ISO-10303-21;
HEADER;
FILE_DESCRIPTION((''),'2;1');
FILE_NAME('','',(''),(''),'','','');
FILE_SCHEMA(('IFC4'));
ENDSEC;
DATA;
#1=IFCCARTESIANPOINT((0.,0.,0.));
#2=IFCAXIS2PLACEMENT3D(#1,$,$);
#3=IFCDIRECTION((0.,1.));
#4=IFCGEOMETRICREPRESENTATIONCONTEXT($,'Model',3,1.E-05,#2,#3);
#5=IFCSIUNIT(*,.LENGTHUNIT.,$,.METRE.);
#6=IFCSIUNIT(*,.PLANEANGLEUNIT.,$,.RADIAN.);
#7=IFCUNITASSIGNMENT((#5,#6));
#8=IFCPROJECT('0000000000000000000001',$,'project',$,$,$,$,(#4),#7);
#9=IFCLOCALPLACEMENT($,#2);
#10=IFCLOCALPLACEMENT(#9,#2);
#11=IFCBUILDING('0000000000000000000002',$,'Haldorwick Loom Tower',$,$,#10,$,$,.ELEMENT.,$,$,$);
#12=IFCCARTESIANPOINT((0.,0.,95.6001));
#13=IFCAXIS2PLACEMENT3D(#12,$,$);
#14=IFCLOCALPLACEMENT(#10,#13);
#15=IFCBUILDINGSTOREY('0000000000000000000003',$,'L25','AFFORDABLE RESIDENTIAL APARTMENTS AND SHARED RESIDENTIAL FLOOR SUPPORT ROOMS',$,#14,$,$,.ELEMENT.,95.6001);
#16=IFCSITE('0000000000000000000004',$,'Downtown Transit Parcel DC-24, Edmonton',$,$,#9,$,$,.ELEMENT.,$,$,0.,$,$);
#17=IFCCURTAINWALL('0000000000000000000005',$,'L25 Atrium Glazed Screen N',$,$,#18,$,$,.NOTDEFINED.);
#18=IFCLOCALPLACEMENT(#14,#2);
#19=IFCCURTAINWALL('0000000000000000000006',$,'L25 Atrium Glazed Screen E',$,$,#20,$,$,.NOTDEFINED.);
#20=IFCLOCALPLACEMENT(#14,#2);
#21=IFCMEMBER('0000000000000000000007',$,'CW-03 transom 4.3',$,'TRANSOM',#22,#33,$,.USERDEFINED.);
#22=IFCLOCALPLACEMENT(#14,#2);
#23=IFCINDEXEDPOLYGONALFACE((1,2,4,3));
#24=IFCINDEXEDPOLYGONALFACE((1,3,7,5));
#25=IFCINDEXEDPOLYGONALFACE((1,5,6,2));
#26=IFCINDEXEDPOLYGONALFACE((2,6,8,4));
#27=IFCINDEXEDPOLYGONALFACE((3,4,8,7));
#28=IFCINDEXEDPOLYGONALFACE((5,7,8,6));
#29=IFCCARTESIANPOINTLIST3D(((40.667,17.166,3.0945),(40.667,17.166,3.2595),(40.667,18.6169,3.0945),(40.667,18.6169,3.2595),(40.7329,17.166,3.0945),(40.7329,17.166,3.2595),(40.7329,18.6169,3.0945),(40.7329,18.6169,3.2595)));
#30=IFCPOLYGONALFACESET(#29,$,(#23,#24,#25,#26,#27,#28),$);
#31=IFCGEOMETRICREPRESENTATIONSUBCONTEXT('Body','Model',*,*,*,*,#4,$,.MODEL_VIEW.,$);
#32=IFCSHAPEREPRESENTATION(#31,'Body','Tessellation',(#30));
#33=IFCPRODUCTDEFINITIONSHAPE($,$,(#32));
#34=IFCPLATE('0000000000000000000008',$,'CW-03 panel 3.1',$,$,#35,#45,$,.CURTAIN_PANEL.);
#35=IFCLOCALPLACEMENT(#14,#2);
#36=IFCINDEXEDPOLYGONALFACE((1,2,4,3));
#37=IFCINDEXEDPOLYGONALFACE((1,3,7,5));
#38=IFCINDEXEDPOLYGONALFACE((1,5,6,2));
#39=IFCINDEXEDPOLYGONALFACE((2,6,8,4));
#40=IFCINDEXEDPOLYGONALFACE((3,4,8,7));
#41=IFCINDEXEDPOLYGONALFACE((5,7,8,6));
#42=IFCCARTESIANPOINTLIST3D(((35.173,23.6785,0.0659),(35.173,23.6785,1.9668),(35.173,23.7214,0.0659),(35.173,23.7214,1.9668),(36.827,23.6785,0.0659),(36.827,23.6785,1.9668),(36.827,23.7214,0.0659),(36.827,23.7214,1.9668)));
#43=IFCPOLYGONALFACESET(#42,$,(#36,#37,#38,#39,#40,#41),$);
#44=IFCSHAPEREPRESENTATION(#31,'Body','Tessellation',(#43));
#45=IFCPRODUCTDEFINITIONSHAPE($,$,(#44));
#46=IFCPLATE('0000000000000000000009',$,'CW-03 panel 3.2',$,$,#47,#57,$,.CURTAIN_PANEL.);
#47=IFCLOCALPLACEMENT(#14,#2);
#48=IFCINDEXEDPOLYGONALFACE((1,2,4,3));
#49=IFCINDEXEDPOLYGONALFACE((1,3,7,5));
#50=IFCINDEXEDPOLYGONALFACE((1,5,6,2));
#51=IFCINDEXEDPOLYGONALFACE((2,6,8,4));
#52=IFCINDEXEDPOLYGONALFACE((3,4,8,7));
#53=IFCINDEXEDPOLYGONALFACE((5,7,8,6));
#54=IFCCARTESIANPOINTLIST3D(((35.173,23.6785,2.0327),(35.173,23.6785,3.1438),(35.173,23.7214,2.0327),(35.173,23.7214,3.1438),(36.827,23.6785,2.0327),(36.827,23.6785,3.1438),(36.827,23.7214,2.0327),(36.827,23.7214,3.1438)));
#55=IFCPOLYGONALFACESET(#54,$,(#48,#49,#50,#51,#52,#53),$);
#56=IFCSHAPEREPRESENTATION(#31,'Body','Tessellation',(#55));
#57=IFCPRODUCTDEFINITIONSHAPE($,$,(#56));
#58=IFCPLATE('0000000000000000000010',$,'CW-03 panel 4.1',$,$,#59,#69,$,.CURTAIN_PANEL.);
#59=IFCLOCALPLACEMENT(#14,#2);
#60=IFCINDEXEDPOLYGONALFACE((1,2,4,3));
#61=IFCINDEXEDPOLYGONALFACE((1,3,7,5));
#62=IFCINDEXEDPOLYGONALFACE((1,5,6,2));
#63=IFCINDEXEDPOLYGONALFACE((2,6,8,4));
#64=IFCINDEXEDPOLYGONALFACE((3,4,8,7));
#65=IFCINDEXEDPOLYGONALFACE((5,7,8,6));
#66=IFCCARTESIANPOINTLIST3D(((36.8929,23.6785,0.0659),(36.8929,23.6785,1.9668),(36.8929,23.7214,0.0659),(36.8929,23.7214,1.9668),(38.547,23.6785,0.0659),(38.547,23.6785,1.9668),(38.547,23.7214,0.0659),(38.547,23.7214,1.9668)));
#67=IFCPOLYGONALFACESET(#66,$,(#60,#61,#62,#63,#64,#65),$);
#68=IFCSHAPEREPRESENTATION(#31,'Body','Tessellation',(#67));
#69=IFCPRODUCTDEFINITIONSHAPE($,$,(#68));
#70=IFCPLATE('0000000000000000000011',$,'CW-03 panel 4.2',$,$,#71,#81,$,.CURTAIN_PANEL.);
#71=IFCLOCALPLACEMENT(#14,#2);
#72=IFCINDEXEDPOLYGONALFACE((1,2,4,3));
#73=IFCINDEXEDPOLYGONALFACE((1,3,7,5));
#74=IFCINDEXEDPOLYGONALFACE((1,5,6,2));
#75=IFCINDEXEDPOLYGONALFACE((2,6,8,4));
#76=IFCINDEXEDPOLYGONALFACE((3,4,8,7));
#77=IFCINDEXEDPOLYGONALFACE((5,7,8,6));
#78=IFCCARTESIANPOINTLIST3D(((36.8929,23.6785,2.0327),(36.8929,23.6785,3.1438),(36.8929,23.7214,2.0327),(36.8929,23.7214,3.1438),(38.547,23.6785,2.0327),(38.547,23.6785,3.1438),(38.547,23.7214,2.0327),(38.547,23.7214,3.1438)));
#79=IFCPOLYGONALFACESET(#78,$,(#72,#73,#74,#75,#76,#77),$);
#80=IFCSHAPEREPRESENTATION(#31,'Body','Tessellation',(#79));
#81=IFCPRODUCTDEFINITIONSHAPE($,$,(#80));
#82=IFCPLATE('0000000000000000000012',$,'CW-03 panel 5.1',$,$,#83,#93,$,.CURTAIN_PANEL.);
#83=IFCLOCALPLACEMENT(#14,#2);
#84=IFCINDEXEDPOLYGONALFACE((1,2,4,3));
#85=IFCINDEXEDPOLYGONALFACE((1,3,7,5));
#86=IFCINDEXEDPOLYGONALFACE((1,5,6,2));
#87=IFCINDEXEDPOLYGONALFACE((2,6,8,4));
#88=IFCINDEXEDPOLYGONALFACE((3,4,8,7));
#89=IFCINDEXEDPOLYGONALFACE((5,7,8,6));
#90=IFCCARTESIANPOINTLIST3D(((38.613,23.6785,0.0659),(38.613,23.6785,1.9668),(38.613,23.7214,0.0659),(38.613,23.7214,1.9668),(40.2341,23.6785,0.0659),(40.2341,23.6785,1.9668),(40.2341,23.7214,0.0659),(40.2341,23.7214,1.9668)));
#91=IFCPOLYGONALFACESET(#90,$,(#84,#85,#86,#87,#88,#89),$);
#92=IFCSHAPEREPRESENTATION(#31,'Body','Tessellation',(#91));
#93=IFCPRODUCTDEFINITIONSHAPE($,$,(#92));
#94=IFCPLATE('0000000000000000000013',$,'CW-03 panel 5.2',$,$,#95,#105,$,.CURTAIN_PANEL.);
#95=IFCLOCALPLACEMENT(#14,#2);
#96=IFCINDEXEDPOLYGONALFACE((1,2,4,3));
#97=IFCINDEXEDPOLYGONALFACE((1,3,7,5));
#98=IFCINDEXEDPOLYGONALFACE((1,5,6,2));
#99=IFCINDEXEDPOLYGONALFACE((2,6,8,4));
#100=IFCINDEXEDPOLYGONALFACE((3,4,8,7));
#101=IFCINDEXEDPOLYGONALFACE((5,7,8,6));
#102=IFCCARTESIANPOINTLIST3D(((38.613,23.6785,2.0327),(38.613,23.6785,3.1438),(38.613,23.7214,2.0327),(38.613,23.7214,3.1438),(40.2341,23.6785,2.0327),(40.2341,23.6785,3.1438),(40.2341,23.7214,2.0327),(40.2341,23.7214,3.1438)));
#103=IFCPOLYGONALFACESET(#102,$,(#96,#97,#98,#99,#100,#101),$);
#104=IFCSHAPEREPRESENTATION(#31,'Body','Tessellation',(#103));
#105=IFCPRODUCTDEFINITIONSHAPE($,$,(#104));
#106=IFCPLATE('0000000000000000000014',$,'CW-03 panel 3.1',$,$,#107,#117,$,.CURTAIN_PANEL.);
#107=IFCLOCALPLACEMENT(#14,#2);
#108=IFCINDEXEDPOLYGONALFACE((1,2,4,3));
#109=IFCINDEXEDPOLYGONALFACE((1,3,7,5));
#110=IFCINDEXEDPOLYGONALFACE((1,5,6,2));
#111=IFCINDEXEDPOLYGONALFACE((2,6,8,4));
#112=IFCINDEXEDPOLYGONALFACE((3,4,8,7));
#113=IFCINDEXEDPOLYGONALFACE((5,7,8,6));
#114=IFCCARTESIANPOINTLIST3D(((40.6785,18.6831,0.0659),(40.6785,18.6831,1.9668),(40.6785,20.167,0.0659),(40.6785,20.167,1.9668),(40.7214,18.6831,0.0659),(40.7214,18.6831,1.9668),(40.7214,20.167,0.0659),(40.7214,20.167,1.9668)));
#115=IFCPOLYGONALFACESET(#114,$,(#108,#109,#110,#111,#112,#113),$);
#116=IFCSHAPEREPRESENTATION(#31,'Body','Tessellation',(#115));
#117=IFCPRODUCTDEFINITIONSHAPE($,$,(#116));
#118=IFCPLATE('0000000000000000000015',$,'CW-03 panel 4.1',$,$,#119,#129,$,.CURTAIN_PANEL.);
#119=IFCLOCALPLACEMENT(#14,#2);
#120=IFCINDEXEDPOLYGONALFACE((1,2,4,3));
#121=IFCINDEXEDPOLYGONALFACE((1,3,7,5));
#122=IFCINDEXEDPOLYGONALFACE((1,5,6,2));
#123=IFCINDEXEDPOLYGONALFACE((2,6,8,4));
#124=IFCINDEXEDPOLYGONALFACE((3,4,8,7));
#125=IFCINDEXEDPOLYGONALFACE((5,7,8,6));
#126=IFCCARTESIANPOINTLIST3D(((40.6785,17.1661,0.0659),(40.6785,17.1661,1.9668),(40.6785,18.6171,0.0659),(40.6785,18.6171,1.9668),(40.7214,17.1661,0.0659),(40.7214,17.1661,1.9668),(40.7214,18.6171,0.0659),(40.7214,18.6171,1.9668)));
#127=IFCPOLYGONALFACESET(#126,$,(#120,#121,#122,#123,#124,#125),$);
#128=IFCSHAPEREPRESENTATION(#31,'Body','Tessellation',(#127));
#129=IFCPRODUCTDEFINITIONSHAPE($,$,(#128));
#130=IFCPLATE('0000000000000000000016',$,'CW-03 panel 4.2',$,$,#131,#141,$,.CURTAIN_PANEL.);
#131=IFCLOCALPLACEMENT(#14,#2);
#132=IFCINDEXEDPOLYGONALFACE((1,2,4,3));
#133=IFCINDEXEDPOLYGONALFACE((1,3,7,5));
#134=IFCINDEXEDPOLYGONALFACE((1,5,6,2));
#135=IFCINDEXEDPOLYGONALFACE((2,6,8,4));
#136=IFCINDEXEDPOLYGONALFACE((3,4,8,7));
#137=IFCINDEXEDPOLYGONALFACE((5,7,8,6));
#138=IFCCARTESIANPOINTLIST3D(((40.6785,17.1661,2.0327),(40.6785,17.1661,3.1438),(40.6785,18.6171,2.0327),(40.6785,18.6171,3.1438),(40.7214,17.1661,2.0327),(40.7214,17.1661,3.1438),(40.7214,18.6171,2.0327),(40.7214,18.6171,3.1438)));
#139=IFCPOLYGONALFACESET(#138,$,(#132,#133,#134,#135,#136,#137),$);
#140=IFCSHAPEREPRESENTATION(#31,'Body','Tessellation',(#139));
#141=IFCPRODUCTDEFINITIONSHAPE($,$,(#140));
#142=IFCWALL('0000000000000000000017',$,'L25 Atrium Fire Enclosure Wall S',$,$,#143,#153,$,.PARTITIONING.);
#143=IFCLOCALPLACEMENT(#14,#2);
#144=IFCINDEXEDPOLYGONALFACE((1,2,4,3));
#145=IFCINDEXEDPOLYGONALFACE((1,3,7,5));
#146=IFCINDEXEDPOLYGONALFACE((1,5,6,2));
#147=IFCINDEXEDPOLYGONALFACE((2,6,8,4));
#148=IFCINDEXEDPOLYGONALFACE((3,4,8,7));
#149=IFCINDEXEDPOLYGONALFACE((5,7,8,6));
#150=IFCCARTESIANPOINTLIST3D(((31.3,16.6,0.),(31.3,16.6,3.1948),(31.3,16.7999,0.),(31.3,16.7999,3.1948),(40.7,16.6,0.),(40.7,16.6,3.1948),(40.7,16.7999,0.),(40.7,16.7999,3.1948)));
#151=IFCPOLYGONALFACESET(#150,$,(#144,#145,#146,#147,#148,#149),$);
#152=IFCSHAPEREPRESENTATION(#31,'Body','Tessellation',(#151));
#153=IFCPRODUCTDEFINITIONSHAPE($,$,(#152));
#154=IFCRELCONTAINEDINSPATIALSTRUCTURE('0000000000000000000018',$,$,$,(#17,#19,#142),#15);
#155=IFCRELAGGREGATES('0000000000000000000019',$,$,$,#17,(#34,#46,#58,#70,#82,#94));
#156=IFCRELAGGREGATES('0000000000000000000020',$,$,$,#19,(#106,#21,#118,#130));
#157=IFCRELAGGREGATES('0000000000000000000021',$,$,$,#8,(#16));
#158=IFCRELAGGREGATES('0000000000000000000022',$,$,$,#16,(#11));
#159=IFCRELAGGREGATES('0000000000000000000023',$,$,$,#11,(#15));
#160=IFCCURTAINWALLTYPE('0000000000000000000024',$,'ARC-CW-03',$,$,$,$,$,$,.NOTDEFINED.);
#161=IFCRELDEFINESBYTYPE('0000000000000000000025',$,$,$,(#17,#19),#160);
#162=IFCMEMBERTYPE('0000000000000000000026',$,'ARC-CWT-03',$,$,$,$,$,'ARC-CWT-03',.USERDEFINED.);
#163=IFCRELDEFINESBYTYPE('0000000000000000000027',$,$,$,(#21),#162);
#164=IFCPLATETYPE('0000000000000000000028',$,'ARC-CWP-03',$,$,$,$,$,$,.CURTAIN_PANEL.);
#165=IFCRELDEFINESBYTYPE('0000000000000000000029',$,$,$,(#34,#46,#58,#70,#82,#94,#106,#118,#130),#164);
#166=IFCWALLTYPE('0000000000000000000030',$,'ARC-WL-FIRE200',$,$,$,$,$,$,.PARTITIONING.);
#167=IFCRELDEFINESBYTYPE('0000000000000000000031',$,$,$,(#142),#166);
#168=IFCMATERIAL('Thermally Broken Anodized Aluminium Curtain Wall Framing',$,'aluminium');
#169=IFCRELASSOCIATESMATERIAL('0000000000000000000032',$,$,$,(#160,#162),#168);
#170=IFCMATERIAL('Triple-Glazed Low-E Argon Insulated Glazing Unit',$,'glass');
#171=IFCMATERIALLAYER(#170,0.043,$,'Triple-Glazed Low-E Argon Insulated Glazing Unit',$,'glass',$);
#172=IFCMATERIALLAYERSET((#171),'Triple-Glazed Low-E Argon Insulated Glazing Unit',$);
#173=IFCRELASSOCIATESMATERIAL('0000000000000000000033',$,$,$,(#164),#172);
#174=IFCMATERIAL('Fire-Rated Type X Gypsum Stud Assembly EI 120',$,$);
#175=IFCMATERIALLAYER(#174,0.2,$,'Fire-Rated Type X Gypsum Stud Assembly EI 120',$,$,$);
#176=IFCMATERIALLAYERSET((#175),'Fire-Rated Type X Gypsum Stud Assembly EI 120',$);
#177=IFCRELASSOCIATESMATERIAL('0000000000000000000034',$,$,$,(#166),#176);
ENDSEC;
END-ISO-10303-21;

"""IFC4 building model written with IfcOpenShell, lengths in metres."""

from ifc_helpers import new_model, si_unit, direction, frame, frame_2d, origin, origin_2d, place, context, subcontext, project, spatial, rectangle, extrude, material, layer, layer_set, material_profile, profile_set, type_object, element, aggregate, save


model = new_model("IFC4")

# Units and contexts
model_context = context("Model", 3, precision=1e-05, world=origin(), true_north=direction((0.0, 1.0)))
body_context = subcontext(model_context, "Body", "Model", "MODEL_VIEW")
ifc_project = project(units=[si_unit("LENGTHUNIT", "METRE"), si_unit("PLANEANGLEUNIT", "RADIAN")], contexts=[model_context])

# Site, building, storey
site_placement = place(None, origin())
site = spatial("IfcSite", under=ifc_project, at=site_placement, Name="Downtown Transit Parcel DC-24, Edmonton", CompositionType="ELEMENT", RefElevation=0.0)
building_placement = place(site_placement, origin())
building = spatial("IfcBuilding", under=site, at=building_placement, Name="Haldorwick Loom Tower", CompositionType="ELEMENT")
storey_placement = place(building_placement, frame((0.0, 0.0, 95.6001)))
storey = spatial("IfcBuildingStorey", under=building, at=storey_placement, Name="L25", Description="AFFORDABLE RESIDENTIAL APARTMENTS AND SHARED RESIDENTIAL FLOOR SUPPORT ROOMS", CompositionType="ELEMENT", Elevation=95.6001)

# Shared definitions
ifc_material_1 = material(Name="Thermally Broken Anodized Aluminium Curtain Wall Framing", Category="aluminium")
curtain_wall_type = type_object("IfcCurtainWallType", Name="ARC-CW-03", PredefinedType="NOTDEFINED", material=ifc_material_1)

# Curtain walls
curtain_wall_1_placement = place(storey_placement, origin())
curtain_wall_1 = element("IfcCurtainWall", 1, at=curtain_wall_1_placement, inside=storey, type_object=curtain_wall_type, Name="L25 Atrium Glazed Screen N", PredefinedType="NOTDEFINED")
curtain_wall_2_placement = place(storey_placement, origin())
curtain_wall_2 = element("IfcCurtainWall", 2, at=curtain_wall_2_placement, inside=storey, type_object=curtain_wall_type, Name="L25 Atrium Glazed Screen E", PredefinedType="NOTDEFINED")

# Member
ifc_material_profile_1 = material_profile(ifc_material_1, rectangle(XDim=0.0659, YDim=0.165, at=origin_2d()), Name="ALU_TRN_66X165", Category="aluminium")
ifc_profile_set_1 = profile_set([ifc_material_profile_1], Name="Thermally Broken Anodized Aluminium Curtain Wall Framing")
member_type_1 = type_object("IfcMemberType", Name="ARC-CWT-03", ElementType="ARC-CWT-03", PredefinedType="USERDEFINED", material=ifc_profile_set_1)
member_1_placement = place(storey_placement, frame((40.7, 18.6169, 3.177), z_axis=(0.0, -1.0, 0.0), x_axis=(1.0, 0.0, 0.0)))
member_1 = element("IfcMember", 3, at=member_1_placement, type_object=member_type_1, Name="CW-03 transom 4.3", ObjectType="TRANSOM", PredefinedType="USERDEFINED", context=body_context, shape_type="SweptSolid", body=[
    extrude(rectangle(XDim=0.0659, YDim=0.165, at=origin_2d()), origin(), (0.0, 0.0, 1.0), 1.4509),
])

# Plates
ifc_material_2 = material(Name="Triple-Glazed Low-E Argon Insulated Glazing Unit", Category="glass")
ifc_layer_1 = layer(ifc_material_2, 0.043, Name="Triple-Glazed Low-E Argon Insulated Glazing Unit", Category="glass")
ifc_layer_set_1 = layer_set([ifc_layer_1], Name="Triple-Glazed Low-E Argon Insulated Glazing Unit")
plate_type = type_object("IfcPlateType", Name="ARC-CWP-03", PredefinedType="CURTAIN_PANEL", material=ifc_layer_set_1)
plate_1_placement = place(storey_placement, frame((36.0, 23.7, 0.0659), z_axis=(0.0, 0.0, 1.0), x_axis=(1.0, 0.0, 0.0)))
plate_1 = element("IfcPlate", 4, at=plate_1_placement, type_object=plate_type, Name="CW-03 panel 3.1", PredefinedType="CURTAIN_PANEL", context=body_context, shape_type="SweptSolid", body=[
    extrude(rectangle(XDim=1.6541, YDim=0.043, at=origin_2d()), origin(), (0.0, 0.0, 1.0), 1.9009),
])
plate_2_placement = place(storey_placement, frame((36.0, 23.7, 2.0327), z_axis=(0.0, 0.0, 1.0), x_axis=(1.0, 0.0, 0.0)))
plate_2 = element("IfcPlate", 5, at=plate_2_placement, type_object=plate_type, Name="CW-03 panel 3.2", PredefinedType="CURTAIN_PANEL", context=body_context, shape_type="SweptSolid", body=[
    extrude(rectangle(XDim=1.6541, YDim=0.043, at=origin_2d()), origin(), (0.0, 0.0, 1.0), 1.1111),
])
plate_3_placement = place(storey_placement, frame((37.72, 23.7, 0.0659), z_axis=(0.0, 0.0, 1.0), x_axis=(1.0, 0.0, 0.0)))
plate_3 = element("IfcPlate", 6, at=plate_3_placement, type_object=plate_type, Name="CW-03 panel 4.1", PredefinedType="CURTAIN_PANEL", context=body_context, shape_type="SweptSolid", body=[
    extrude(rectangle(XDim=1.6541, YDim=0.043, at=origin_2d()), origin(), (0.0, 0.0, 1.0), 1.9009),
])
plate_4_placement = place(storey_placement, frame((37.72, 23.7, 2.0327), z_axis=(0.0, 0.0, 1.0), x_axis=(1.0, 0.0, 0.0)))
plate_4 = element("IfcPlate", 7, at=plate_4_placement, type_object=plate_type, Name="CW-03 panel 4.2", PredefinedType="CURTAIN_PANEL", context=body_context, shape_type="SweptSolid", body=[
    extrude(rectangle(XDim=1.6541, YDim=0.043, at=origin_2d()), origin(), (0.0, 0.0, 1.0), 1.1111),
])
plate_5_placement = place(storey_placement, frame((39.4236, 23.7, 0.0659), z_axis=(0.0, 0.0, 1.0), x_axis=(1.0, 0.0, 0.0)))
plate_5 = element("IfcPlate", 8, at=plate_5_placement, type_object=plate_type, Name="CW-03 panel 5.1", PredefinedType="CURTAIN_PANEL", context=body_context, shape_type="SweptSolid", body=[
    extrude(rectangle(XDim=1.6211, YDim=0.043, at=origin_2d()), origin(), (0.0, 0.0, 1.0), 1.9009),
])
plate_6_placement = place(storey_placement, frame((39.4236, 23.7, 2.0327), z_axis=(0.0, 0.0, 1.0), x_axis=(1.0, 0.0, 0.0)))
plate_6 = element("IfcPlate", 9, at=plate_6_placement, type_object=plate_type, Name="CW-03 panel 5.2", PredefinedType="CURTAIN_PANEL", context=body_context, shape_type="SweptSolid", body=[
    extrude(rectangle(XDim=1.6211, YDim=0.043, at=origin_2d()), origin(), (0.0, 0.0, 1.0), 1.1111),
])
aggregate(curtain_wall_1, [plate_1, plate_2, plate_3, plate_4, plate_5, plate_6])
plate_7_placement = place(storey_placement, frame((40.7, 19.425, 0.0659), z_axis=(0.0, 0.0, 1.0), x_axis=(0.0, -1.0, 0.0)))
plate_7 = element("IfcPlate", 10, at=plate_7_placement, type_object=plate_type, Name="CW-03 panel 3.1", PredefinedType="CURTAIN_PANEL", context=body_context, shape_type="SweptSolid", body=[
    extrude(rectangle(XDim=1.4839, YDim=0.043, at=origin_2d()), origin(), (0.0, 0.0, 1.0), 1.9009),
])
plate_8_placement = place(storey_placement, frame((40.7, 17.8916, 0.0659), z_axis=(0.0, 0.0, 1.0), x_axis=(0.0, -1.0, 0.0)))
plate_8 = element("IfcPlate", 11, at=plate_8_placement, type_object=plate_type, Name="CW-03 panel 4.1", PredefinedType="CURTAIN_PANEL", context=body_context, shape_type="SweptSolid", body=[
    extrude(rectangle(XDim=1.4509, YDim=0.043, at=origin_2d()), origin(), (0.0, 0.0, 1.0), 1.9009),
])
plate_9_placement = place(storey_placement, frame((40.7, 17.8916, 2.0327), z_axis=(0.0, 0.0, 1.0), x_axis=(0.0, -1.0, 0.0)))
plate_9 = element("IfcPlate", 12, at=plate_9_placement, type_object=plate_type, Name="CW-03 panel 4.2", PredefinedType="CURTAIN_PANEL", context=body_context, shape_type="SweptSolid", body=[
    extrude(rectangle(XDim=1.4509, YDim=0.043, at=origin_2d()), origin(), (0.0, 0.0, 1.0), 1.1111),
])
aggregate(curtain_wall_2, [plate_7, member_1, plate_8, plate_9])

# Wall
ifc_material_3 = material(Name="Fire-Rated Type X Gypsum Stud Assembly EI 120")
ifc_layer_2 = layer(ifc_material_3, 0.2, Name="Fire-Rated Type X Gypsum Stud Assembly EI 120")
ifc_layer_set_2 = layer_set([ifc_layer_2], Name="Fire-Rated Type X Gypsum Stud Assembly EI 120")
wall_type = type_object("IfcWallType", Name="ARC-WL-FIRE200", PredefinedType="PARTITIONING", material=ifc_layer_set_2)
wall_placement = place(storey_placement, frame((40.7, 16.7, 0.0), z_axis=(0.0, 0.0, 1.0), x_axis=(-1.0, 0.0, 0.0)))
element("IfcWall", 13, at=wall_placement, inside=storey, type_object=wall_type, Name="L25 Atrium Fire Enclosure Wall S", PredefinedType="PARTITIONING", context=body_context, shape_type="SweptSolid", body=[
    extrude(rectangle(XDim=9.3999, YDim=0.2, at=frame_2d((4.7, 0.0))), origin(), (0.0, 0.0, 1.0), 3.1948),
])

save(model, "model.ifc")
